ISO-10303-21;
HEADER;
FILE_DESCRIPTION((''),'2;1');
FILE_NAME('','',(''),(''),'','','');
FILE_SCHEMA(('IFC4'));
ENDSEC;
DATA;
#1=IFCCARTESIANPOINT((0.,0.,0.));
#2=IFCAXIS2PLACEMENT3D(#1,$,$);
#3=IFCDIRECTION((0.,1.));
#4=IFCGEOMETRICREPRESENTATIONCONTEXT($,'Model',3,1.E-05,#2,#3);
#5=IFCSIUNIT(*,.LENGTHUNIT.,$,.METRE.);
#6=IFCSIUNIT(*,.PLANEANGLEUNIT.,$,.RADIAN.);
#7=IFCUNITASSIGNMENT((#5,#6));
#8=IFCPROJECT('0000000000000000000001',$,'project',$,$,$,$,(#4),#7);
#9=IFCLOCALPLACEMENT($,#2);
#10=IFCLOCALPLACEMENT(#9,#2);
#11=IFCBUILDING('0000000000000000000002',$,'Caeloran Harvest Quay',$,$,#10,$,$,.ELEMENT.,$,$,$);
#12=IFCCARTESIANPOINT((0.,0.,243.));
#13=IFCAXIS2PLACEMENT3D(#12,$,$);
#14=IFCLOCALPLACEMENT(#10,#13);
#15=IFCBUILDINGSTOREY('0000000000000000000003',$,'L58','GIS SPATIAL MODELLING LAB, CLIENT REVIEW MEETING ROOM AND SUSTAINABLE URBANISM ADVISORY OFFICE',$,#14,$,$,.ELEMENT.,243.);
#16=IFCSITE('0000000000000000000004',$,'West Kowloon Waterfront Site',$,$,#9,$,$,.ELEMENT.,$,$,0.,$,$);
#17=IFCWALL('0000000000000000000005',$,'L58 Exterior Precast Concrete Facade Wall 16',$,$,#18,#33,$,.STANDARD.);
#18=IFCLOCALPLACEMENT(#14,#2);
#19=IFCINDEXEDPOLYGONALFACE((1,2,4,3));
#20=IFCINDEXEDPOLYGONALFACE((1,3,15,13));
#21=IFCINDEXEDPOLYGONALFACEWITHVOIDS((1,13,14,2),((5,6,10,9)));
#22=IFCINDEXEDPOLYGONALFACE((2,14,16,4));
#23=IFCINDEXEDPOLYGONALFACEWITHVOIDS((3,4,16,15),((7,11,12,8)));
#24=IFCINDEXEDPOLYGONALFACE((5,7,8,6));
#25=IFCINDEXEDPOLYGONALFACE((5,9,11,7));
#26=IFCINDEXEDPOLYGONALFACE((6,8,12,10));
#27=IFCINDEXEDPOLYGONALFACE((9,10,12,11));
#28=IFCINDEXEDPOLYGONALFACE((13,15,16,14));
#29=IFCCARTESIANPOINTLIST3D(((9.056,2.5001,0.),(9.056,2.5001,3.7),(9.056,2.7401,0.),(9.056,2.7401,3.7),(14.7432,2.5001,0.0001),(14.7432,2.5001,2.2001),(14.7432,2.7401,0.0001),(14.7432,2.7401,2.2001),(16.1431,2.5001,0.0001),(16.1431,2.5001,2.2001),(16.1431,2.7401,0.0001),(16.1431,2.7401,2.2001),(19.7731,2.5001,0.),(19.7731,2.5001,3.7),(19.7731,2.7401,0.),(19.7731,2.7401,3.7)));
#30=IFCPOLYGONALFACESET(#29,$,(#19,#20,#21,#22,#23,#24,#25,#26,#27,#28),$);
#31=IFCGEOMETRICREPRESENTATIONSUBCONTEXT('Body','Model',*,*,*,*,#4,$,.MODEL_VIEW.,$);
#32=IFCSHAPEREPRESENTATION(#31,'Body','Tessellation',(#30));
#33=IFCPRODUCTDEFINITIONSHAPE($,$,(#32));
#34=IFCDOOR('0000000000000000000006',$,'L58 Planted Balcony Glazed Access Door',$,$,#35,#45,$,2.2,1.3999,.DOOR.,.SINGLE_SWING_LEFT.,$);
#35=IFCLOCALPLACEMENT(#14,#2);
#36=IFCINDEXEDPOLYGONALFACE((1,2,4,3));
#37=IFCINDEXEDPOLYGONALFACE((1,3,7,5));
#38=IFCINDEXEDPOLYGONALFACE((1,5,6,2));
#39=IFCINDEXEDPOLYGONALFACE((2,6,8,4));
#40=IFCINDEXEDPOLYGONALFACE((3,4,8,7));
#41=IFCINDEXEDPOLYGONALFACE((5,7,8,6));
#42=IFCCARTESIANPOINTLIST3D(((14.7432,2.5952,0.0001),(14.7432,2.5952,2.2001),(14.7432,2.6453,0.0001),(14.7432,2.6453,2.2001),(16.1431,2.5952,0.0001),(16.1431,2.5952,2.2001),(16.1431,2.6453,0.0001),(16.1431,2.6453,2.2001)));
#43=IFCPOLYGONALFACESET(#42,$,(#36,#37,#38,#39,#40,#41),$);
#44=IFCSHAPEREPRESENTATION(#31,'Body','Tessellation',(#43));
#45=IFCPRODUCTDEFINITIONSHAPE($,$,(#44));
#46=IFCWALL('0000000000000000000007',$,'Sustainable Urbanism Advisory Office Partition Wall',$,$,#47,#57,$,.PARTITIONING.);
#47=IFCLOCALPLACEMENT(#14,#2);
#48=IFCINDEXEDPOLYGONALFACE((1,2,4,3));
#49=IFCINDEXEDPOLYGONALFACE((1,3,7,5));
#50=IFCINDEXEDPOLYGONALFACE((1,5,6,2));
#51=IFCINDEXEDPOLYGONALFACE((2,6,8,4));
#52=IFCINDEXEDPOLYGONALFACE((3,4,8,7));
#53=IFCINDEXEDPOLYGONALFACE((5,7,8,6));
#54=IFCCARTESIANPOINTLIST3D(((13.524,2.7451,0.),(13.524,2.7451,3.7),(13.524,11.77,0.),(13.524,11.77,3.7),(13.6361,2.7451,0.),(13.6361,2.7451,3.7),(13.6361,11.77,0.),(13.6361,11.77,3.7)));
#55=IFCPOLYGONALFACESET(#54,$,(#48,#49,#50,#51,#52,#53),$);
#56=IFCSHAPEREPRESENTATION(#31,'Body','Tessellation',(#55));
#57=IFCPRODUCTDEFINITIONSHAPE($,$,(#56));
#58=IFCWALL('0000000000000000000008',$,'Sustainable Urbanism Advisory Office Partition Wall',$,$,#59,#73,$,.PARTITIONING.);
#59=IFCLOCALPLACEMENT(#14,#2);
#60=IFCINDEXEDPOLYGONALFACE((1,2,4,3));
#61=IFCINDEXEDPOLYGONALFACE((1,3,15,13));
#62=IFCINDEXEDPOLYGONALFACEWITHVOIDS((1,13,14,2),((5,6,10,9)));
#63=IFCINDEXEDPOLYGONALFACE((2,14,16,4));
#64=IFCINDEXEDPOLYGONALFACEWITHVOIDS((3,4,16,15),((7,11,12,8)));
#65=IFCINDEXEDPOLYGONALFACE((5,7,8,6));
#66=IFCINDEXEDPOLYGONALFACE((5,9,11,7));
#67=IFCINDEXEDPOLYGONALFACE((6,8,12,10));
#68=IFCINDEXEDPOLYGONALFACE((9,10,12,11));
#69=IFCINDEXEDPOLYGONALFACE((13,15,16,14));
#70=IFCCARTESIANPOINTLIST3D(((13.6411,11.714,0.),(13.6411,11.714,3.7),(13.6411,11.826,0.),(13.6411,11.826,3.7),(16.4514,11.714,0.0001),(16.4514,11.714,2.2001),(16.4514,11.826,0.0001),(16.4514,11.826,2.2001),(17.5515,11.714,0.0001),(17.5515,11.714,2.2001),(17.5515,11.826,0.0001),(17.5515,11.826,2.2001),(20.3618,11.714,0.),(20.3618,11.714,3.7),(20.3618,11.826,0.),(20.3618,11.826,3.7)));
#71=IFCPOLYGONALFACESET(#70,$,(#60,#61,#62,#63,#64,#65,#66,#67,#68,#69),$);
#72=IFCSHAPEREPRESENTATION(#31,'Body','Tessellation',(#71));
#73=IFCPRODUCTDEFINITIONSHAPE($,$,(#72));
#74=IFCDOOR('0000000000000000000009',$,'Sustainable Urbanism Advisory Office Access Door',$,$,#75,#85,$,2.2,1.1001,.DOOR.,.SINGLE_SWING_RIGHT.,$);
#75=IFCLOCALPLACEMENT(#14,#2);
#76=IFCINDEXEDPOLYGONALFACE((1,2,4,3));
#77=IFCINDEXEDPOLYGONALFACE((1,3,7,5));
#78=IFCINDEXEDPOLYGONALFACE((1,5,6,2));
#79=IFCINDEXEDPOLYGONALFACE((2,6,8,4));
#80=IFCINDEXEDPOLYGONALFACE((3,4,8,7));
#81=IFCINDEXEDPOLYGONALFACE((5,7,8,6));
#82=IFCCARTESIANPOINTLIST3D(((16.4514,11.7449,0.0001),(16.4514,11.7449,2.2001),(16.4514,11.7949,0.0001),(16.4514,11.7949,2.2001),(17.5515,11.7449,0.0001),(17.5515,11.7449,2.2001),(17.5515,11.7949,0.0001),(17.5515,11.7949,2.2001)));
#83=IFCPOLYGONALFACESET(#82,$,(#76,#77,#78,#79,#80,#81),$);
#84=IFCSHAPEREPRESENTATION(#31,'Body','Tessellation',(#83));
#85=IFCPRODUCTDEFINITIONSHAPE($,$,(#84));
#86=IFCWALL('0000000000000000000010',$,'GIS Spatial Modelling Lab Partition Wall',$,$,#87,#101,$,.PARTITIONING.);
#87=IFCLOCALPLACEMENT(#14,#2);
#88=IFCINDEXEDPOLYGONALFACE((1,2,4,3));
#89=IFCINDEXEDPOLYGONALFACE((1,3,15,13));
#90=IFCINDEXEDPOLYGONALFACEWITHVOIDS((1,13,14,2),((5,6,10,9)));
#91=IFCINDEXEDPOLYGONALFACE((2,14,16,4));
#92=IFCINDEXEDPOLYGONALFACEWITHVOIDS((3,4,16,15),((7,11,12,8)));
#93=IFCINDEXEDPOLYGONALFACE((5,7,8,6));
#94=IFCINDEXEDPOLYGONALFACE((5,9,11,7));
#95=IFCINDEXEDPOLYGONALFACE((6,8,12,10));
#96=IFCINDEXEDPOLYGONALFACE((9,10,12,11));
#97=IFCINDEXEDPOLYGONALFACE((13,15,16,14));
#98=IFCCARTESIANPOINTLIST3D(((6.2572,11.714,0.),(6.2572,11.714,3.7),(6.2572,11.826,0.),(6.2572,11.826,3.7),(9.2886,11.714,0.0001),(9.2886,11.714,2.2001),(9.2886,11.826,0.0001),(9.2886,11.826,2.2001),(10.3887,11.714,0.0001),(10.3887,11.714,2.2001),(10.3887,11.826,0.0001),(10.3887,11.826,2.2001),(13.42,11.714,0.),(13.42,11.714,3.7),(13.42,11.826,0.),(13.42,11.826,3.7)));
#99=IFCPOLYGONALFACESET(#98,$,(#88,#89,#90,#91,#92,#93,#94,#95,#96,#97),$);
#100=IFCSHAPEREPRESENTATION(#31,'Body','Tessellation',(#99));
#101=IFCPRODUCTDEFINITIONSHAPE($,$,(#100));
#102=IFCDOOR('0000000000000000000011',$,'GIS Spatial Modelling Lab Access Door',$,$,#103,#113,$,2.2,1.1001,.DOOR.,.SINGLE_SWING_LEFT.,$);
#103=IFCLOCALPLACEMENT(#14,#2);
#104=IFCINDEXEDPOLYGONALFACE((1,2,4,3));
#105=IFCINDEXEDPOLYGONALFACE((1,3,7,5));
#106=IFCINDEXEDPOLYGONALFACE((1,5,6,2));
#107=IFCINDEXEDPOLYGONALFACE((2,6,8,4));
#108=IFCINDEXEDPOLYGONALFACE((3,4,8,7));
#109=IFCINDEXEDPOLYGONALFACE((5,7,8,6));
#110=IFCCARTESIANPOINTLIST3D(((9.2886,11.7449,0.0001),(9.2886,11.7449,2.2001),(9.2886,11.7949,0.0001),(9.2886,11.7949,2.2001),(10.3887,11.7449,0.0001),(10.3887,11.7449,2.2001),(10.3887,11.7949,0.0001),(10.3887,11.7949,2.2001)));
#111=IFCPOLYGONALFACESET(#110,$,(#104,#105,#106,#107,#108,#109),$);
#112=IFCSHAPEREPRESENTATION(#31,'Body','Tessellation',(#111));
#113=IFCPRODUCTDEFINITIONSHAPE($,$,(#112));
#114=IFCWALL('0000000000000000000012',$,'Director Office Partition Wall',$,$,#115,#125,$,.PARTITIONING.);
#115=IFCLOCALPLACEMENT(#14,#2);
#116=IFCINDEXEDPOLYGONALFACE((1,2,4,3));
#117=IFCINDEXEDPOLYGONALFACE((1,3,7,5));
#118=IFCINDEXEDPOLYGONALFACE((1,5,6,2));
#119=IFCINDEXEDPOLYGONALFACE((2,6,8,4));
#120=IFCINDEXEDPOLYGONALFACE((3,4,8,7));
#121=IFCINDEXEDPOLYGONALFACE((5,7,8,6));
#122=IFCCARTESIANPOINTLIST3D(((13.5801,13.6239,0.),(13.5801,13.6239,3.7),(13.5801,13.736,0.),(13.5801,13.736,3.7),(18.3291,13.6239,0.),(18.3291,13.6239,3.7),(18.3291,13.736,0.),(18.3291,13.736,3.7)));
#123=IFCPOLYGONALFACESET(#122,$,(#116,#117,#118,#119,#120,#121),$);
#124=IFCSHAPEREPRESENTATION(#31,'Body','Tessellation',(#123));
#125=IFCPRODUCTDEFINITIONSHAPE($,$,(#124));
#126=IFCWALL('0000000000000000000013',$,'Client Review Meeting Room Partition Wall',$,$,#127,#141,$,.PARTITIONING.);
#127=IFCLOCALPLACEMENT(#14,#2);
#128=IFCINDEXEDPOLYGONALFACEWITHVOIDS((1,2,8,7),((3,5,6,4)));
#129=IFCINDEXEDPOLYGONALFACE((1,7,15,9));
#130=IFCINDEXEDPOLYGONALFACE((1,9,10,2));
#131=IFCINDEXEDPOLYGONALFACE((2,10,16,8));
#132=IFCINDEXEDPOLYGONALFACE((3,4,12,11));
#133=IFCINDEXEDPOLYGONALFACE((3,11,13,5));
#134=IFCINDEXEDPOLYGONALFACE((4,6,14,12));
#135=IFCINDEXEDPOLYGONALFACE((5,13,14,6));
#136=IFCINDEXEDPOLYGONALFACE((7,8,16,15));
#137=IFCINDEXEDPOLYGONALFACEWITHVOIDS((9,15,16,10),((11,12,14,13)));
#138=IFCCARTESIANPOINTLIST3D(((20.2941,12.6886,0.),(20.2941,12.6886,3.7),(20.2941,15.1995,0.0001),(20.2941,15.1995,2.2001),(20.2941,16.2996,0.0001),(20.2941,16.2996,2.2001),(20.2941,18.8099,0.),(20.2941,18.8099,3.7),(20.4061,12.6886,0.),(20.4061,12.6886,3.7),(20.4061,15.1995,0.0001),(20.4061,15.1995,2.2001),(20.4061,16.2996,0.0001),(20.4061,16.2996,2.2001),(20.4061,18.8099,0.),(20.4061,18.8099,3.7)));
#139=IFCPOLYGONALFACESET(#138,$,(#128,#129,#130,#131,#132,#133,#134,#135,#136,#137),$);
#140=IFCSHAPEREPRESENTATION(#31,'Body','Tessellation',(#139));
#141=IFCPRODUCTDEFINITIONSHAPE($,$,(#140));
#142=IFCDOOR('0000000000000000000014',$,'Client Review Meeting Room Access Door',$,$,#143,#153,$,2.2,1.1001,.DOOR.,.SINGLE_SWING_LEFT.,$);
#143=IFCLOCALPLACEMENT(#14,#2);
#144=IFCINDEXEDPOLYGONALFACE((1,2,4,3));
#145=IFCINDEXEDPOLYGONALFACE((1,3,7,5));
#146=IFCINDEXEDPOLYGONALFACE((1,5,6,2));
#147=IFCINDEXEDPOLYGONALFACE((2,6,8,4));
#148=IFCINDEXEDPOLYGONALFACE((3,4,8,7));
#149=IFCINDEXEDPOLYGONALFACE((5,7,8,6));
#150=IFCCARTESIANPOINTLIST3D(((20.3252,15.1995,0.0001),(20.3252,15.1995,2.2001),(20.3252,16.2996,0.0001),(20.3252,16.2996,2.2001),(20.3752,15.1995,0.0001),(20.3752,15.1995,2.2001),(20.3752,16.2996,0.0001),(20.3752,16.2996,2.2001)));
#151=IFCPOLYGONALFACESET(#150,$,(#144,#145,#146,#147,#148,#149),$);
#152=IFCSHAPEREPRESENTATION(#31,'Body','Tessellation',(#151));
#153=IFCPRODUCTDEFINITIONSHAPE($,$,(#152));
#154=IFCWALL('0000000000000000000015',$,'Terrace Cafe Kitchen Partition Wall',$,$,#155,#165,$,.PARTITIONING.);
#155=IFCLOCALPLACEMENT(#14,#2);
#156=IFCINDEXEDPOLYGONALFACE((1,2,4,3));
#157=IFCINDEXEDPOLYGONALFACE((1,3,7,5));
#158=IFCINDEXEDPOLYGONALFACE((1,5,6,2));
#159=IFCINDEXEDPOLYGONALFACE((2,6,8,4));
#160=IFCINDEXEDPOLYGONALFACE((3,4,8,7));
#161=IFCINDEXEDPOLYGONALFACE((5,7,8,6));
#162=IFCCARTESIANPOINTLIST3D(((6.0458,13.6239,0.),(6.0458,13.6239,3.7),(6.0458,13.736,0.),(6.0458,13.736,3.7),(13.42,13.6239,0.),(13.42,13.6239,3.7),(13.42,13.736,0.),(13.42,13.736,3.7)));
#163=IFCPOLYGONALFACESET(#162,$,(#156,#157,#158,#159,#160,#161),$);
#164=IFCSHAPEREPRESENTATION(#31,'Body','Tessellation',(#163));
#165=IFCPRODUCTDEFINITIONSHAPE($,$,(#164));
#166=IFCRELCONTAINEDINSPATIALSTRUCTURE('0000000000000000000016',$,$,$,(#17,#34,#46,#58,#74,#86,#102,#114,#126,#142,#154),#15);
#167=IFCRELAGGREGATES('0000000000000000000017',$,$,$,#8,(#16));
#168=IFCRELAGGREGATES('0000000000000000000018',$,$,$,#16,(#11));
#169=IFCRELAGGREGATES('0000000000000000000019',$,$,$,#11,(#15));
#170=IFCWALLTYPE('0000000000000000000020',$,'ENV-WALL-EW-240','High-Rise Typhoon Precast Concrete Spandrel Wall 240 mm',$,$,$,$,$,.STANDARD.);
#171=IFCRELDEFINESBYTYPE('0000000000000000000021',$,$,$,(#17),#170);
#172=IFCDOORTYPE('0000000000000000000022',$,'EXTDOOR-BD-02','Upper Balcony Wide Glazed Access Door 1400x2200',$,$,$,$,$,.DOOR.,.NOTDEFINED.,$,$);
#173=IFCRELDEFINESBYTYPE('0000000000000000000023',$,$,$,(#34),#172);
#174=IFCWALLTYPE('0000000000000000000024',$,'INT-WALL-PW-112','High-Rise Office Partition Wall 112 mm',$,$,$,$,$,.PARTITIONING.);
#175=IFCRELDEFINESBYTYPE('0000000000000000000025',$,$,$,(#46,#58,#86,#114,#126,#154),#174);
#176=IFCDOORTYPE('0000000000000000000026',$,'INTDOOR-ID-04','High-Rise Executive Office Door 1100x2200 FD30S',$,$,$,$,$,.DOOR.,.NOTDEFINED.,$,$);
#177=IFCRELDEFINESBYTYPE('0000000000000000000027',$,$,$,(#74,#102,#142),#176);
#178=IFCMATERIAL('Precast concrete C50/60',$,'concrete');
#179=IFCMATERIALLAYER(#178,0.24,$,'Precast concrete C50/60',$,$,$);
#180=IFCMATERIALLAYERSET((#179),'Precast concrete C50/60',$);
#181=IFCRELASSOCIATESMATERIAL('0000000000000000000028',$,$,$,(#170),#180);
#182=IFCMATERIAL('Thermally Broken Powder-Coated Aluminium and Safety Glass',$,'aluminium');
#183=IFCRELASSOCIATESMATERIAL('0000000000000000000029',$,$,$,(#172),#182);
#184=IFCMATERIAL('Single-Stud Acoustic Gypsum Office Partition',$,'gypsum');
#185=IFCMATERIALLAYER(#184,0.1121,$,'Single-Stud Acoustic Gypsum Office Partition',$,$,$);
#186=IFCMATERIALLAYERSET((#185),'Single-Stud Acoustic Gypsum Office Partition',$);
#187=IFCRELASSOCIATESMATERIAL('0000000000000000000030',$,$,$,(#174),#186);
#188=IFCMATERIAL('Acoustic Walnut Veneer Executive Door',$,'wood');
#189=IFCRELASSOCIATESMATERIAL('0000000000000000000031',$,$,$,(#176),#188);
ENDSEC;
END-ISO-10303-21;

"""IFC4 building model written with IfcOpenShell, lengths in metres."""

from ifc_helpers import new_model, si_unit, direction, frame, frame_2d, origin, place, context, subcontext, project, spatial, rectangle, extrude, material, layer, layer_set, type_object, element, fill, save


model = new_model("IFC4")

# Units and contexts
model_context = context("Model", 3, precision=1e-05, world=origin(), true_north=direction((0.0, 1.0)))
body_context = subcontext(model_context, "Body", "Model", "MODEL_VIEW")
ifc_project = project(units=[si_unit("LENGTHUNIT", "METRE"), si_unit("PLANEANGLEUNIT", "RADIAN")], contexts=[model_context])

# Site, building, storey
site_placement = place(None, origin())
site = spatial("IfcSite", under=ifc_project, at=site_placement, Name="West Kowloon Waterfront Site", CompositionType="ELEMENT", RefElevation=0.0)
building_placement = place(site_placement, origin())
building = spatial("IfcBuilding", under=site, at=building_placement, Name="Caeloran Harvest Quay", CompositionType="ELEMENT")
storey_placement = place(building_placement, frame((0.0, 0.0, 243.0)))
storey = spatial("IfcBuildingStorey", under=building, at=storey_placement, Name="L58", Description="GIS SPATIAL MODELLING LAB, CLIENT REVIEW MEETING ROOM AND SUSTAINABLE URBANISM ADVISORY OFFICE", CompositionType="ELEMENT", Elevation=243.0)

# Shared definitions
ifc_material_1 = material(Name="Precast concrete C50/60", Category="concrete")

# Shared definitions
ifc_layer_1 = layer(ifc_material_1, 0.24, Name="Precast concrete C50/60")
ifc_layer_set_1 = layer_set([ifc_layer_1], Name="Precast concrete C50/60")
wall_type_1 = type_object("IfcWallType", Name="ENV-WALL-EW-240", Description="High-Rise Typhoon Precast Concrete Spandrel Wall 240 mm", PredefinedType="STANDARD", material=ifc_layer_set_1)

# Wall, opening, door
wall_1_placement = place(storey_placement, frame((19.7729, 2.6201, 0.0), z_axis=(0.0, 0.0, 1.0), x_axis=(-1.0, 0.0, 0.0)))
wall_1 = element("IfcWall", 1, at=wall_1_placement, inside=storey, type_object=wall_type_1, Name="L58 Exterior Precast Concrete Facade Wall 16", PredefinedType="STANDARD", context=body_context, shape_type="SweptSolid", body=[
    extrude(rectangle(XDim=10.717, YDim=0.24, at=frame_2d((5.3584, 0.0))), origin(), (0.0, 0.0, 1.0), 3.7),
])
opening_1_placement = place(wall_1_placement, frame((3.6299, 0.0, 0.0)))
opening_1 = element("IfcOpeningElement", 2, at=opening_1_placement, cuts=wall_1, PredefinedType="OPENING", context=body_context, shape_type="SweptSolid", body=[
    extrude(rectangle(XDim=1.3999, YDim=2.2, at=frame_2d((0.7, 1.1001))), frame((0.0, 0.1299, 0.0), z_axis=(0.0, -1.0, 0.0), x_axis=(1.0, 0.0, 0.0)), (0.0, 0.0, 1.0), 0.26),
])
ifc_material_2 = material(Name="Thermally Broken Powder-Coated Aluminium and Safety Glass", Category="aluminium")
door_type_1 = type_object("IfcDoorType", Name="EXTDOOR-BD-02", Description="Upper Balcony Wide Glazed Access Door 1400x2200", OperationType="NOTDEFINED", PredefinedType="DOOR", material=ifc_material_2)
door_1_placement = place(opening_1_placement, origin())
door_1 = element("IfcDoor", 3, at=door_1_placement, inside=storey, type_object=door_type_1, Name="L58 Planted Balcony Glazed Access Door", OperationType="SINGLE_SWING_LEFT", OverallHeight=2.2, OverallWidth=1.3999, PredefinedType="DOOR", context=body_context, shape_type="SweptSolid", body=[
    extrude(rectangle(XDim=1.3999, YDim=2.2, at=frame_2d((0.7, 1.1001))), frame((0.0, 0.0249, 0.0), z_axis=(0.0, -1.0, 0.0), x_axis=(1.0, 0.0, 0.0)), (0.0, 0.0, 1.0), 0.05),
])
fill(opening_1, door_1)

# Wall
ifc_material_3 = material(Name="Single-Stud Acoustic Gypsum Office Partition", Category="gypsum")
ifc_layer_2 = layer(ifc_material_3, 0.1121, Name="Single-Stud Acoustic Gypsum Office Partition")
ifc_layer_set_2 = layer_set([ifc_layer_2], Name="Single-Stud Acoustic Gypsum Office Partition")
wall_type_2 = type_object("IfcWallType", Name="INT-WALL-PW-112", Description="High-Rise Office Partition Wall 112 mm", PredefinedType="PARTITIONING", material=ifc_layer_set_2)
wall_2_placement = place(storey_placement, frame((13.5801, 2.7451, 0.0), z_axis=(0.0, 0.0, 1.0), x_axis=(0.0, 1.0, 0.0)))
element("IfcWall", 4, at=wall_2_placement, inside=storey, type_object=wall_type_2, Name="Sustainable Urbanism Advisory Office Partition Wall", PredefinedType="PARTITIONING", context=body_context, shape_type="SweptSolid", body=[
    extrude(rectangle(XDim=9.0249, YDim=0.1121, at=frame_2d((4.5125, 0.0))), origin(), (0.0, 0.0, 1.0), 3.7),
])

# Walls, openings, doors
wall_3_placement = place(storey_placement, frame((13.6411, 11.77, 0.0), z_axis=(0.0, 0.0, 1.0), x_axis=(1.0, 0.0, 0.0)))
wall_3 = element("IfcWall", 5, at=wall_3_placement, inside=storey, type_object=wall_type_2, Name="Sustainable Urbanism Advisory Office Partition Wall", PredefinedType="PARTITIONING", context=body_context, shape_type="SweptSolid", body=[
    extrude(rectangle(XDim=6.7207, YDim=0.1121, at=frame_2d((3.3604, 0.0))), origin(), (0.0, 0.0, 1.0), 3.7),
])
opening_2_placement = place(wall_3_placement, frame((2.8103, 0.0, 0.0)))
opening_2 = element("IfcOpeningElement", 6, at=opening_2_placement, cuts=wall_3, PredefinedType="OPENING", context=body_context, shape_type="SweptSolid", body=[
    extrude(rectangle(XDim=1.1001, YDim=2.2, at=frame_2d((0.55, 1.1001))), frame((0.0, 0.0659, 0.0), z_axis=(0.0, -1.0, 0.0), x_axis=(1.0, 0.0, 0.0)), (0.0, 0.0, 1.0), 0.1321),
])
ifc_material_4 = material(Name="Acoustic Walnut Veneer Executive Door", Category="wood")
door_type_2 = type_object("IfcDoorType", Name="INTDOOR-ID-04", Description="High-Rise Executive Office Door 1100x2200 FD30S", OperationType="NOTDEFINED", PredefinedType="DOOR", material=ifc_material_4)
door_2_placement = place(opening_2_placement, origin())
door_2 = element("IfcDoor", 7, at=door_2_placement, inside=storey, type_object=door_type_2, Name="Sustainable Urbanism Advisory Office Access Door", OperationType="SINGLE_SWING_RIGHT", OverallHeight=2.2, OverallWidth=1.1001, PredefinedType="DOOR", context=body_context, shape_type="SweptSolid", body=[
    extrude(rectangle(XDim=1.1001, YDim=2.2, at=frame_2d((0.55, 1.1001))), frame((0.0, 0.0249, 0.0), z_axis=(0.0, -1.0, 0.0), x_axis=(1.0, 0.0, 0.0)), (0.0, 0.0, 1.0), 0.05),
])
fill(opening_2, door_2)
wall_4_placement = place(storey_placement, frame((6.2571, 11.77, 0.0), z_axis=(0.0, 0.0, 1.0), x_axis=(1.0, 0.0, 0.0)))
wall_4 = element("IfcWall", 8, at=wall_4_placement, inside=storey, type_object=wall_type_2, Name="GIS Spatial Modelling Lab Partition Wall", PredefinedType="PARTITIONING", context=body_context, shape_type="SweptSolid", body=[
    extrude(rectangle(XDim=7.1628, YDim=0.1121, at=frame_2d((3.5815, 0.0))), origin(), (0.0, 0.0, 1.0), 3.7),
])
opening_3_placement = place(wall_4_placement, frame((3.0315, 0.0, 0.0)))
opening_3 = element("IfcOpeningElement", 9, at=opening_3_placement, cuts=wall_4, PredefinedType="OPENING", context=body_context, shape_type="SweptSolid", body=[
    extrude(rectangle(XDim=1.1001, YDim=2.2, at=frame_2d((0.55, 1.1001))), frame((0.0, 0.0659, 0.0), z_axis=(0.0, -1.0, 0.0), x_axis=(1.0, 0.0, 0.0)), (0.0, 0.0, 1.0), 0.1321),
])
door_3_placement = place(opening_3_placement, origin())
door_3 = element("IfcDoor", 10, at=door_3_placement, inside=storey, type_object=door_type_2, Name="GIS Spatial Modelling Lab Access Door", OperationType="SINGLE_SWING_LEFT", OverallHeight=2.2, OverallWidth=1.1001, PredefinedType="DOOR", context=body_context, shape_type="SweptSolid", body=[
    extrude(rectangle(XDim=1.1001, YDim=2.2, at=frame_2d((0.55, 1.1001))), frame((0.0, 0.0249, 0.0), z_axis=(0.0, -1.0, 0.0), x_axis=(1.0, 0.0, 0.0)), (0.0, 0.0, 1.0), 0.05),
])
fill(opening_3, door_3)

# Wall
wall_5_placement = place(storey_placement, frame((18.3291, 13.6799, 0.0), z_axis=(0.0, 0.0, 1.0), x_axis=(-1.0, 0.0, 0.0)))
element("IfcWall", 11, at=wall_5_placement, inside=storey, type_object=wall_type_2, Name="Director Office Partition Wall", PredefinedType="PARTITIONING", context=body_context, shape_type="SweptSolid", body=[
    extrude(rectangle(XDim=4.749, YDim=0.1121, at=frame_2d((2.3745, 0.0))), origin(), (0.0, 0.0, 1.0), 3.7),
])

# Wall, opening, door
wall_6_placement = place(storey_placement, frame((20.3501, 12.6887, 0.0), z_axis=(0.0, 0.0, 1.0), x_axis=(0.0, 1.0, 0.0)))
wall_6 = element("IfcWall", 12, at=wall_6_placement, inside=storey, type_object=wall_type_2, Name="Client Review Meeting Room Partition Wall", PredefinedType="PARTITIONING", context=body_context, shape_type="SweptSolid", body=[
    extrude(rectangle(XDim=6.1213, YDim=0.1121, at=frame_2d((3.0605, 0.0))), origin(), (0.0, 0.0, 1.0), 3.7),
])
opening_4_placement = place(wall_6_placement, frame((2.5107, 0.0, 0.0)))
opening_4 = element("IfcOpeningElement", 13, at=opening_4_placement, cuts=wall_6, PredefinedType="OPENING", context=body_context, shape_type="SweptSolid", body=[
    extrude(rectangle(XDim=1.1001, YDim=2.2, at=frame_2d((0.55, 1.1001))), frame((0.0, 0.0659, 0.0), z_axis=(0.0, -1.0, 0.0), x_axis=(1.0, 0.0, 0.0)), (0.0, 0.0, 1.0), 0.1321),
])
door_4_placement = place(opening_4_placement, origin())
door_4 = element("IfcDoor", 14, at=door_4_placement, inside=storey, type_object=door_type_2, Name="Client Review Meeting Room Access Door", OperationType="SINGLE_SWING_LEFT", OverallHeight=2.2, OverallWidth=1.1001, PredefinedType="DOOR", context=body_context, shape_type="SweptSolid", body=[
    extrude(rectangle(XDim=1.1001, YDim=2.2, at=frame_2d((0.55, 1.1001))), frame((0.0, 0.0249, 0.0), z_axis=(0.0, -1.0, 0.0), x_axis=(1.0, 0.0, 0.0)), (0.0, 0.0, 1.0), 0.05),
])
fill(opening_4, door_4)

# Wall
wall_7_placement = place(storey_placement, frame((13.4199, 13.6799, 0.0), z_axis=(0.0, 0.0, 1.0), x_axis=(-1.0, 0.0, 0.0)))
element("IfcWall", 15, at=wall_7_placement, inside=storey, type_object=wall_type_2, Name="Terrace Cafe Kitchen Partition Wall", PredefinedType="PARTITIONING", context=body_context, shape_type="SweptSolid", body=[
    extrude(rectangle(XDim=7.3743, YDim=0.1121, at=frame_2d((3.687, 0.0))), origin(), (0.0, 0.0, 1.0), 3.7),
])

save(model, "model.ifc")
